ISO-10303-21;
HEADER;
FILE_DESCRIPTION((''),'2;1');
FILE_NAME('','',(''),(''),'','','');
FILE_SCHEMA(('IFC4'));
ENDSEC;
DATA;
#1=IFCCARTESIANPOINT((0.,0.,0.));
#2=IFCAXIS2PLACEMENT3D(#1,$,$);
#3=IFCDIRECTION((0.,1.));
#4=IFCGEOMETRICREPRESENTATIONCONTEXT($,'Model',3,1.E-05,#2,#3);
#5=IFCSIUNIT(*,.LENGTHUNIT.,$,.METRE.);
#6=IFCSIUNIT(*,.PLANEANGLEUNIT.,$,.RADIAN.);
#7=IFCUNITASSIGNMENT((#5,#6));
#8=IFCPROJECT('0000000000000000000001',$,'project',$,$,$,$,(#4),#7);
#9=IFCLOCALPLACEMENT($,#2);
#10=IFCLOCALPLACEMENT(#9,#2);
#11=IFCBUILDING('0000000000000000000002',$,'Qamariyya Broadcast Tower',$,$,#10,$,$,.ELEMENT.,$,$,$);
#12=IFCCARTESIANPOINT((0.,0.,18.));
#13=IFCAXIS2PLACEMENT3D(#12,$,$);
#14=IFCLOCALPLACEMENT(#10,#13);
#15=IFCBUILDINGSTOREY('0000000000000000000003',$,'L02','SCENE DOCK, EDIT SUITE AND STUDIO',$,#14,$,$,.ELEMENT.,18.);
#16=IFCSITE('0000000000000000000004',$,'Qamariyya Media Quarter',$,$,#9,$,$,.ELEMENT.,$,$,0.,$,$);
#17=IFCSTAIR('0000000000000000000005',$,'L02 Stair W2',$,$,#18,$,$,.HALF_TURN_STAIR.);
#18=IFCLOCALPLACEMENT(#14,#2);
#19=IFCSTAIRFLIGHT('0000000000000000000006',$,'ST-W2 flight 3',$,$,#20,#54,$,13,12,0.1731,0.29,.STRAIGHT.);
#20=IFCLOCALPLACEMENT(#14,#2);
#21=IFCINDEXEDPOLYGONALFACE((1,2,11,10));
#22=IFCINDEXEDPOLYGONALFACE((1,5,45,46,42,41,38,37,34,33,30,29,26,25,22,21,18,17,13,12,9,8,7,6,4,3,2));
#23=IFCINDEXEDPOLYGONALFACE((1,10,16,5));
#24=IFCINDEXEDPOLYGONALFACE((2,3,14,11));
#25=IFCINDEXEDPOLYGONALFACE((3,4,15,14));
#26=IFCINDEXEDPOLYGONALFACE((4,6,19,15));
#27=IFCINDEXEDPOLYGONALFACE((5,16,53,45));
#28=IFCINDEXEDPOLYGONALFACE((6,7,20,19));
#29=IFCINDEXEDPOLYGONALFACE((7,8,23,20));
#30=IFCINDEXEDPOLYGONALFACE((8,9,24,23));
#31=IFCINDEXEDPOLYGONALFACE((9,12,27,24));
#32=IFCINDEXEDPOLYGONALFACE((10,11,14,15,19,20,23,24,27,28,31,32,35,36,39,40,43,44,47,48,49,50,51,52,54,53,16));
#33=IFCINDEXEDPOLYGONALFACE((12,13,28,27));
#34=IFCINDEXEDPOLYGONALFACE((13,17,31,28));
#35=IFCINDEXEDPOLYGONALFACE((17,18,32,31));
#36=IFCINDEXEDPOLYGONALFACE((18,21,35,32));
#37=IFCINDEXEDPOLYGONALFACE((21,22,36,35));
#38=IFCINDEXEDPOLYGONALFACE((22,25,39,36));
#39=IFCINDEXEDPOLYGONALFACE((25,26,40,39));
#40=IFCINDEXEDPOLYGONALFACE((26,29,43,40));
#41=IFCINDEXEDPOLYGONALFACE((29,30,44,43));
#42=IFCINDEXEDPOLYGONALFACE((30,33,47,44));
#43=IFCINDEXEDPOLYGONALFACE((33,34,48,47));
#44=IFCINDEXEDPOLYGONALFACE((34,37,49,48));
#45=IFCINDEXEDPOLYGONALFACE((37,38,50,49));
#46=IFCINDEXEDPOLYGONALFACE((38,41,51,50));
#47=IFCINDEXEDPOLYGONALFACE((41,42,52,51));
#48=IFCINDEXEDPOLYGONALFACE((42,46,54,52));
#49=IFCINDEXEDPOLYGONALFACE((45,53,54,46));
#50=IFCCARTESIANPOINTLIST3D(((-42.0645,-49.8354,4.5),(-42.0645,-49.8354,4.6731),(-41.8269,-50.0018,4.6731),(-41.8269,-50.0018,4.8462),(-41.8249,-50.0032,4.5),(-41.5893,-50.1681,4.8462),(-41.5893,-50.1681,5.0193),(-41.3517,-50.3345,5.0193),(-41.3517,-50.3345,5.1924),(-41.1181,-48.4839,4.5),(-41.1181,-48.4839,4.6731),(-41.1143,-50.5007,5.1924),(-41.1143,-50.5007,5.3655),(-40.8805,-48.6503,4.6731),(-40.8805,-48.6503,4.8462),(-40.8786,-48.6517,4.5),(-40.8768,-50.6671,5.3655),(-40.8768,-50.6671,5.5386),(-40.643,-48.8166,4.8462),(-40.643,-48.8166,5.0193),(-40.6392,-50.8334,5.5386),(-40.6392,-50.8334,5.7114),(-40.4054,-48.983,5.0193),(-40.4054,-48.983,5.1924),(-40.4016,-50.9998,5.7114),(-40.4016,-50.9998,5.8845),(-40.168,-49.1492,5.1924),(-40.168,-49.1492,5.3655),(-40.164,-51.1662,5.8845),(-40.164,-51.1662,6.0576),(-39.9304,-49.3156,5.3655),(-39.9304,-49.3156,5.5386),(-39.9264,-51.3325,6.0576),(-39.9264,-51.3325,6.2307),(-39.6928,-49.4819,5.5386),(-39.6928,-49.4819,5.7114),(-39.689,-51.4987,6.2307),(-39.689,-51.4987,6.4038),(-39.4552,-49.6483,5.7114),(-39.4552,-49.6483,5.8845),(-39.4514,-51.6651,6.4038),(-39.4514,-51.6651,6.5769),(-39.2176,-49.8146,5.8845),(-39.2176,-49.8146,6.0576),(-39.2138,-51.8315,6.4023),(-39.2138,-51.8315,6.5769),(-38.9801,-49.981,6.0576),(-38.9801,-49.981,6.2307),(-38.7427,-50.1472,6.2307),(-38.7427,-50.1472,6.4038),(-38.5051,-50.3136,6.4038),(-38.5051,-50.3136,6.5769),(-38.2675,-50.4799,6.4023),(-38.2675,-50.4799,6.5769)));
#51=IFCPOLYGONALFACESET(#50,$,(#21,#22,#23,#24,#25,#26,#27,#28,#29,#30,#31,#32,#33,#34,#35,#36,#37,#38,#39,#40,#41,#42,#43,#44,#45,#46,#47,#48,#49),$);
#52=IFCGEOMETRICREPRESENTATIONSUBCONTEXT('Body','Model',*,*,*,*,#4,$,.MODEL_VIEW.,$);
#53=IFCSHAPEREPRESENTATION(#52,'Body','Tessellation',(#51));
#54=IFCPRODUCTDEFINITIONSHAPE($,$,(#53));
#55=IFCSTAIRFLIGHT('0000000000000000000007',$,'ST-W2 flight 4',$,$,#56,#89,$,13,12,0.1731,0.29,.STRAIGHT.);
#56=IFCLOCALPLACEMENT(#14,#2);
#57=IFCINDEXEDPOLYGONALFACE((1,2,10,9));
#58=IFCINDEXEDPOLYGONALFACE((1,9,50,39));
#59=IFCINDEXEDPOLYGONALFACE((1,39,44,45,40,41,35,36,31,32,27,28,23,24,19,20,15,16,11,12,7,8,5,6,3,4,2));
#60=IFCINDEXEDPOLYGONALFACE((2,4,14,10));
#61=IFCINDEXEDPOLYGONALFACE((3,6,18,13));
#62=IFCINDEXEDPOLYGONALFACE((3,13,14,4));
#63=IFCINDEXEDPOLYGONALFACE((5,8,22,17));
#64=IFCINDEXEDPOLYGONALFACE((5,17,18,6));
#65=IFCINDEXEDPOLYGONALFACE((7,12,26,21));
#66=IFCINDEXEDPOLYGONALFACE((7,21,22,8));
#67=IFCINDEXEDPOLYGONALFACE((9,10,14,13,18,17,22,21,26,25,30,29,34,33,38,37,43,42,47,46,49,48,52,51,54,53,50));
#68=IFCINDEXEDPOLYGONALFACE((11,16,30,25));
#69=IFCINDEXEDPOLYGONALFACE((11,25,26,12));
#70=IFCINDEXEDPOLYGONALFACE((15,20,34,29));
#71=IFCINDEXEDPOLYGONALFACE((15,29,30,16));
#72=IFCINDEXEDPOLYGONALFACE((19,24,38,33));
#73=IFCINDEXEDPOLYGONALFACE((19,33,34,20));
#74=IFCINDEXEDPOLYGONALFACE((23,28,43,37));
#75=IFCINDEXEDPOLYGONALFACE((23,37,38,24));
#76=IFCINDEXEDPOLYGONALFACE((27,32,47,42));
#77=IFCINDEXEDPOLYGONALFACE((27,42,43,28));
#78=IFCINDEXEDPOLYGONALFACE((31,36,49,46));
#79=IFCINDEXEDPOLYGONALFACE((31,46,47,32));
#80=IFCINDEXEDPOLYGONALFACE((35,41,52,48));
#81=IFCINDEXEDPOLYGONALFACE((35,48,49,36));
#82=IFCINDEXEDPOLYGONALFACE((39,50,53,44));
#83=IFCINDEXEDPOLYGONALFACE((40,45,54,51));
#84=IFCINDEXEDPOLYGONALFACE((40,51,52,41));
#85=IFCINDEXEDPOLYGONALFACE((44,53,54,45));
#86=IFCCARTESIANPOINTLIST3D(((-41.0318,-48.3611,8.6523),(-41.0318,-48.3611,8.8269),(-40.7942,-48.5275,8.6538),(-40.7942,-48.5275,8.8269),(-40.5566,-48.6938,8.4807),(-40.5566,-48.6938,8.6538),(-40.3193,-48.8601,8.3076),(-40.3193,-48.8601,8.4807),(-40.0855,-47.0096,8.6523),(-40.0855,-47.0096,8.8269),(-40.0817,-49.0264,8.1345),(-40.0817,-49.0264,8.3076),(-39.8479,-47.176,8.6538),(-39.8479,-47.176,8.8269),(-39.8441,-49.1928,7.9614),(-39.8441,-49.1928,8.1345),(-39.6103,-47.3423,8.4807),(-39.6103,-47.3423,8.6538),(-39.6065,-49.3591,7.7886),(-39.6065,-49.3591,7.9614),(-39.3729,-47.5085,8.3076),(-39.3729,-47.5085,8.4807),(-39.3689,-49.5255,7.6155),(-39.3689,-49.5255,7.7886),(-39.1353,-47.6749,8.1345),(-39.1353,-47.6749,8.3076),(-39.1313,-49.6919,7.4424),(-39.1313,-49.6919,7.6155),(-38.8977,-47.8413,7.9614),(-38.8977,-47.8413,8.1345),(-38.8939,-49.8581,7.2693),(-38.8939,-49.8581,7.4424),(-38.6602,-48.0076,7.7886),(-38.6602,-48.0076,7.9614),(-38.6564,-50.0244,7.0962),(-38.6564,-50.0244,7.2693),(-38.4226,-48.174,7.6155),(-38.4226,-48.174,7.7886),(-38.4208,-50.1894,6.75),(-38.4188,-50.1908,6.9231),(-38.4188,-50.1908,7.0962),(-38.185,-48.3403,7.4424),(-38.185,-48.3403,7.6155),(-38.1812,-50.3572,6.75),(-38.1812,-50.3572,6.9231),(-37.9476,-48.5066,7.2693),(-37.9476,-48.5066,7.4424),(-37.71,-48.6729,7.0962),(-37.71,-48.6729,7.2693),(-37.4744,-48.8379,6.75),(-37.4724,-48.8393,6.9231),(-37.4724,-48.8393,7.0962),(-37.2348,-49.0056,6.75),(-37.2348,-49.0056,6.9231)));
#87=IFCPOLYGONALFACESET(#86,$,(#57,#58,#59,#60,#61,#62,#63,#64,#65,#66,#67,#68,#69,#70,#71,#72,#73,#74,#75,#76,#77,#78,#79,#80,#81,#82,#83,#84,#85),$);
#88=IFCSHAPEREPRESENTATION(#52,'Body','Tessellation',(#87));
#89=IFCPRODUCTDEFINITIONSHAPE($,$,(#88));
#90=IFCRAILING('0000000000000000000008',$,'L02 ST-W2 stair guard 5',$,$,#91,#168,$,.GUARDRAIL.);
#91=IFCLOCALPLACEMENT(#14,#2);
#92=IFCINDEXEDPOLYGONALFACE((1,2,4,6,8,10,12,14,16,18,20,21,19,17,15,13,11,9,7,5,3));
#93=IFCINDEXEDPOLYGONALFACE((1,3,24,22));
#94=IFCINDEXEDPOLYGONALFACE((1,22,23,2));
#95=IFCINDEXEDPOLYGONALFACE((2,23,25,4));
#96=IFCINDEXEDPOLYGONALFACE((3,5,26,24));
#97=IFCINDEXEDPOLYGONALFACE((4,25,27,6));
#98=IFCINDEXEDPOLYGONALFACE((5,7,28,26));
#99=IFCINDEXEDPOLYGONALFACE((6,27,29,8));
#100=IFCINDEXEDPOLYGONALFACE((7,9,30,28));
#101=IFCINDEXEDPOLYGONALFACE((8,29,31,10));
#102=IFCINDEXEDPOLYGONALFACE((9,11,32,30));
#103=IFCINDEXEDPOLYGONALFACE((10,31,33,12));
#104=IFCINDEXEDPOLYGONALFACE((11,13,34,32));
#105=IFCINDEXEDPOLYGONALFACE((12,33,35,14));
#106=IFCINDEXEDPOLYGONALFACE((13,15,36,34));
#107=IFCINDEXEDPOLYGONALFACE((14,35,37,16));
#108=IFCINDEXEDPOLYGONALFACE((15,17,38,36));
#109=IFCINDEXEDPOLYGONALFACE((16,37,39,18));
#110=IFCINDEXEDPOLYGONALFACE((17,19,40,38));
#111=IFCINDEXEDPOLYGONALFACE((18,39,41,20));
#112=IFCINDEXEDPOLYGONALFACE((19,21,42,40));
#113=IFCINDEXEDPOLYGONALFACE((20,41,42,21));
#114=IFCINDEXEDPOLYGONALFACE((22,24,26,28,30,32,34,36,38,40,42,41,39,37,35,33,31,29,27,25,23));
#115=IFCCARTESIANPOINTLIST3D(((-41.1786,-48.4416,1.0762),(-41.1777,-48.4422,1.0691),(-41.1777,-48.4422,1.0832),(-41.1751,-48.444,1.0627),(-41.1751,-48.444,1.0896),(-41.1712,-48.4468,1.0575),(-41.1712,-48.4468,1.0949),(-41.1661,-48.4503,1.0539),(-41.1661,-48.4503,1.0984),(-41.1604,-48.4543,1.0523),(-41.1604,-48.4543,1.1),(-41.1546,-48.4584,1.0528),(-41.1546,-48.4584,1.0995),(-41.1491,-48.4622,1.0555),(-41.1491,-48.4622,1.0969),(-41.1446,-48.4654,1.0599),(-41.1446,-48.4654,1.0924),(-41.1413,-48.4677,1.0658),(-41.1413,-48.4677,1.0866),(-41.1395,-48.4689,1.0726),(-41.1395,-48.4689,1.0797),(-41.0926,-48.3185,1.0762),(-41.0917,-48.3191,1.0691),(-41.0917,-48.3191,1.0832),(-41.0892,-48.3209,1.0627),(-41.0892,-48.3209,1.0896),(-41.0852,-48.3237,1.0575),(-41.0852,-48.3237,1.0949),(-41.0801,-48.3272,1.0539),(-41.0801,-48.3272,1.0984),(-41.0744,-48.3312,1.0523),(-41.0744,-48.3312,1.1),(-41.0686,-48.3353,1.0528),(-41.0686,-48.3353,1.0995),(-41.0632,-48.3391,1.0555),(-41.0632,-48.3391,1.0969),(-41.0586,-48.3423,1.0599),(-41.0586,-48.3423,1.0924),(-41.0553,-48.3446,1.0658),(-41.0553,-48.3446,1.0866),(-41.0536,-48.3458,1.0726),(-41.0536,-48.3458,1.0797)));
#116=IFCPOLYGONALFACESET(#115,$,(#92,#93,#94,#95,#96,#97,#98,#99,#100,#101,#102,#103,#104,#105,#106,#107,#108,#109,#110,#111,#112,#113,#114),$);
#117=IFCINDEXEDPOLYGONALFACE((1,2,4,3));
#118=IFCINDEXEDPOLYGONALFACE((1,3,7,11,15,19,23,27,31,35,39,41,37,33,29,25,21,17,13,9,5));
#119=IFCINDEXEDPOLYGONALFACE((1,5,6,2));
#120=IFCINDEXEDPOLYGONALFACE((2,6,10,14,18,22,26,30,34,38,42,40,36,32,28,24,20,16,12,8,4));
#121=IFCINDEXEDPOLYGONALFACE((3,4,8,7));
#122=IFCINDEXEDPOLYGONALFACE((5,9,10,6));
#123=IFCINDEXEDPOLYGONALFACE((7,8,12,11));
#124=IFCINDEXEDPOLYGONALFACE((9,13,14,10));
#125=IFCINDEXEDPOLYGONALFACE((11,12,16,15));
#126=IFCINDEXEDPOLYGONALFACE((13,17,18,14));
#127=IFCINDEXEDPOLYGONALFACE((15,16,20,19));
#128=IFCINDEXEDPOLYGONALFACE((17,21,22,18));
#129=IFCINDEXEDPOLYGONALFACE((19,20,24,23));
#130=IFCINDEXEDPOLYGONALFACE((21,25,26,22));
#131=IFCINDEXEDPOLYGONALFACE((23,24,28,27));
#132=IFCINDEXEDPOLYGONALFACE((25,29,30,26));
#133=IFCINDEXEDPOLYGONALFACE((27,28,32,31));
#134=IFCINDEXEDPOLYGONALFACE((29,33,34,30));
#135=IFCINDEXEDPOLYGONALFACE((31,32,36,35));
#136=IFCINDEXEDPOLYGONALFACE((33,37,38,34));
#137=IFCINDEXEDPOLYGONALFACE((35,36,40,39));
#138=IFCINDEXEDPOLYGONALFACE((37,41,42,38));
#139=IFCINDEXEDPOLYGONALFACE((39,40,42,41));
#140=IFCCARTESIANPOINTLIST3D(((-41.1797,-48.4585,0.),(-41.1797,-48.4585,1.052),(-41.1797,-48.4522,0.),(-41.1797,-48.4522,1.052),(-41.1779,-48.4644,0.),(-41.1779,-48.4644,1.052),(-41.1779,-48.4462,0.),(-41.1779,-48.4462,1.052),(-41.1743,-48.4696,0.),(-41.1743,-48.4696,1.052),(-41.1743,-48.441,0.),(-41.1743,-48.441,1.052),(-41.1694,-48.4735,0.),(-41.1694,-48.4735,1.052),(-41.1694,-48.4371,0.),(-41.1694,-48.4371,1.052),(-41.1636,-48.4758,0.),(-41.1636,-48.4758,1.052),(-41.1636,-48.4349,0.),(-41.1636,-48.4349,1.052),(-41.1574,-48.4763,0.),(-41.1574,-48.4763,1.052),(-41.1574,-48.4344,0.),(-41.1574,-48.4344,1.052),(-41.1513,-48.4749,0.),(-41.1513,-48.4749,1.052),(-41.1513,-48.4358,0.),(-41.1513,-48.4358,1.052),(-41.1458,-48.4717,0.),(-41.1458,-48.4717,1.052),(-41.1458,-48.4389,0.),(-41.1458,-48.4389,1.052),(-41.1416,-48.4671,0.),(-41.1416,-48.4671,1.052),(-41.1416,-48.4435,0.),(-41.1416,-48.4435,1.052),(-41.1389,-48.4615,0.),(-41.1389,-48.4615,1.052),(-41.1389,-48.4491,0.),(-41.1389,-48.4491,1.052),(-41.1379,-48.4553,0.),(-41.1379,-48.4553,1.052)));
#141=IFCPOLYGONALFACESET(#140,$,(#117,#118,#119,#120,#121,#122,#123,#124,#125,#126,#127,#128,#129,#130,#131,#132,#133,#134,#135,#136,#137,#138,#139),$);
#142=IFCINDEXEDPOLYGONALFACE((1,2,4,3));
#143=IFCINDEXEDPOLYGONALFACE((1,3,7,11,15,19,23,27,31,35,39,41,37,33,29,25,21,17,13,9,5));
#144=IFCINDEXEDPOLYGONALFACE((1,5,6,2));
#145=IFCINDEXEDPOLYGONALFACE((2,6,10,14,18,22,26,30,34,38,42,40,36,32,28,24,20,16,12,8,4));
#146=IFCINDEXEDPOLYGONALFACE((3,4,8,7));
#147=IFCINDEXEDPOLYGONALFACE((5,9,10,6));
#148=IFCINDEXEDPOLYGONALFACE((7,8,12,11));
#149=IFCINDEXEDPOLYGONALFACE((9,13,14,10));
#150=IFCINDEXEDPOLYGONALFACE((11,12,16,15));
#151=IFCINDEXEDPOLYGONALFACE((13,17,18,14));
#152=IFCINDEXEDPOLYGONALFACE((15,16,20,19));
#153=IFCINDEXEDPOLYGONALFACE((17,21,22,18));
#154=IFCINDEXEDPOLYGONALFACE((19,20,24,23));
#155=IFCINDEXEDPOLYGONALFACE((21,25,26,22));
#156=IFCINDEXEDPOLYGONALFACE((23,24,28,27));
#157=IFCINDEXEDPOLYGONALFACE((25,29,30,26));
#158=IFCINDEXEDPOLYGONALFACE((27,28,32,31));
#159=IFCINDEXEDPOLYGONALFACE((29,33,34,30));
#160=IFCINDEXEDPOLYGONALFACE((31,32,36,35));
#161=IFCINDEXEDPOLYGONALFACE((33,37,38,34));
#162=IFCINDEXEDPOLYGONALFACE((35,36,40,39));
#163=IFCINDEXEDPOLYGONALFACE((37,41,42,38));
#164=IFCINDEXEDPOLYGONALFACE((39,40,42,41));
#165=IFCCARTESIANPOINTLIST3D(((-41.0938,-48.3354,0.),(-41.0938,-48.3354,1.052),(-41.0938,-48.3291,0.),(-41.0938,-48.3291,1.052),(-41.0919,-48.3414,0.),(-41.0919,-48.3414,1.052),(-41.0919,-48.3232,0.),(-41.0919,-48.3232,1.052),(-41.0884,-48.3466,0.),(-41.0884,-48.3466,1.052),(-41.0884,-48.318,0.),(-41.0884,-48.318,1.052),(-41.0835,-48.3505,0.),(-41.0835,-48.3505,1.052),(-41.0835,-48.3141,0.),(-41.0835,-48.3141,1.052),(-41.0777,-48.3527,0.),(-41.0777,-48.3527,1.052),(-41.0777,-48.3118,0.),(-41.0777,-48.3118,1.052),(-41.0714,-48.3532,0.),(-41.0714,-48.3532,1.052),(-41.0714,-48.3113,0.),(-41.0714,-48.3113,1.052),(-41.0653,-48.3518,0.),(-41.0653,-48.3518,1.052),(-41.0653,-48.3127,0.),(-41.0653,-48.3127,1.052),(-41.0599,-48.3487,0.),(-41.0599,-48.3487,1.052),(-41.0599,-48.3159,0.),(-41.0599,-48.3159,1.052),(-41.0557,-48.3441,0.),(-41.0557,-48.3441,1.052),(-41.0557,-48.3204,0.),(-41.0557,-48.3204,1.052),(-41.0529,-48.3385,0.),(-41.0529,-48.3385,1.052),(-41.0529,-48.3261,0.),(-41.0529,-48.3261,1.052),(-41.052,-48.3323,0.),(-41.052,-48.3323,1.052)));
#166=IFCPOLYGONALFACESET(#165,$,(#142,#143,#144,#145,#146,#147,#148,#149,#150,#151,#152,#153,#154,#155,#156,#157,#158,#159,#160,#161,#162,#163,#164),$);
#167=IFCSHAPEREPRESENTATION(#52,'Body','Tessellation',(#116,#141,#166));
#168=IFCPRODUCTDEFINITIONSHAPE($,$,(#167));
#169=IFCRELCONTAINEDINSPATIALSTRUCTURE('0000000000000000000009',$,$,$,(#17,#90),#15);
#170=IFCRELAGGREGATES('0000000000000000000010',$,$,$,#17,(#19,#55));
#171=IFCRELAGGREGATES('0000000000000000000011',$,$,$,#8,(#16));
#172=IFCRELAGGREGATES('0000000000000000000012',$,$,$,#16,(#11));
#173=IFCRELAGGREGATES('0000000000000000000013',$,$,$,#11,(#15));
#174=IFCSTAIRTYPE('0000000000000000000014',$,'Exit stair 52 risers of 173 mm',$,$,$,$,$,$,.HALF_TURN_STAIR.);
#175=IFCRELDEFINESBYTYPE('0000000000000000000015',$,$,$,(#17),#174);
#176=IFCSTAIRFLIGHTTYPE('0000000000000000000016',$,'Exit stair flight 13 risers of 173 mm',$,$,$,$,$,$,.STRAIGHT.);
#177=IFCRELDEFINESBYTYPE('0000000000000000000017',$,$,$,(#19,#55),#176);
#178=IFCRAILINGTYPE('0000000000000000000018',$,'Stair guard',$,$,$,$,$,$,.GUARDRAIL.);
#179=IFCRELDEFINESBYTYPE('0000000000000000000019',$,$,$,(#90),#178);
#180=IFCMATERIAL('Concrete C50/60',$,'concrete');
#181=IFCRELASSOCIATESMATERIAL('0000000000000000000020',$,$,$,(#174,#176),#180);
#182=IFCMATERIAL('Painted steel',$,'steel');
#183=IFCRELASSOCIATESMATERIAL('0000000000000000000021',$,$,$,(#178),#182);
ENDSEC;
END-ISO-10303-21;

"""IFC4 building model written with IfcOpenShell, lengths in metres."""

from ifc_helpers import new_model, si_unit, direction, frame, origin, origin_2d, place, context, subcontext, project, spatial, polyline, circle, outline, extrude, material, type_object, element, aggregate, save


model = new_model("IFC4")

# Units and contexts
model_context = context("Model", 3, precision=1e-05, world=origin(), true_north=direction((0.0, 1.0)))
body_context = subcontext(model_context, "Body", "Model", "MODEL_VIEW")
ifc_project = project(units=[si_unit("LENGTHUNIT", "METRE"), si_unit("PLANEANGLEUNIT", "RADIAN")], contexts=[model_context])

# Site, building, storey
site_placement = place(None, origin())
site = spatial("IfcSite", under=ifc_project, at=site_placement, Name="Qamariyya Media Quarter", CompositionType="ELEMENT", RefElevation=0.0)
building_placement = place(site_placement, origin())
building = spatial("IfcBuilding", under=site, at=building_placement, Name="Qamariyya Broadcast Tower", CompositionType="ELEMENT")
storey_placement = place(building_placement, frame((0.0, 0.0, 18.0)))
storey = spatial("IfcBuildingStorey", under=building, at=storey_placement, Name="L02", Description="SCENE DOCK, EDIT SUITE AND STUDIO", CompositionType="ELEMENT", Elevation=18.0)

# Shared definitions
ifc_material_1 = material(Name="Concrete C50/60", Category="concrete")

# Stair, stair flights
stair_type = type_object("IfcStairType", Name="Exit stair 52 risers of 173 mm", PredefinedType="HALF_TURN_STAIR", material=ifc_material_1)
stair_placement = place(storey_placement, origin())
stair = element("IfcStair", 1, at=stair_placement, inside=storey, type_object=stair_type, Name="L02 Stair W2", PredefinedType="HALF_TURN_STAIR")
stair_flight_type = type_object("IfcStairFlightType", Name="Exit stair flight 13 risers of 173 mm", PredefinedType="STRAIGHT", material=ifc_material_1)
stair_flight_1_placement = place(storey_placement, frame((-41.5913, -49.1597, 4.5), z_axis=(0.0, 0.0, 1.0), x_axis=(0.819152, -0.573576, 0.0)))
stair_flight_1 = element("IfcStairFlight", 2, at=stair_flight_1_placement, type_object=stair_flight_type, Name="ST-W2 flight 3", NumberOfRisers=13, NumberOfTreads=12, PredefinedType="STRAIGHT", RiserHeight=0.1731, TreadLength=0.29, context=body_context, shape_type="SweptSolid", body=[
    extrude(outline(polyline([(0.0, 0.0), (0.0, 0.1731), (0.29, 0.1731), (0.29, 0.3462), (0.5801, 0.3462), (0.5801, 0.5193), (0.8701, 0.5193), (0.8701, 0.6924), (1.1599, 0.6924), (1.1599, 0.8655), (1.45, 0.8655), (1.45, 1.0386), (1.74, 1.0386), (1.74, 1.2114), (2.03, 1.2114), (2.03, 1.3845), (2.3201, 1.3845), (2.3201, 1.5576), (2.6101, 1.5576), (2.6101, 1.7307), (2.8999, 1.7307), (2.8999, 1.9038), (3.1899, 1.9038), (3.1899, 2.0769), (3.48, 2.0769), (3.48, 2.25), (3.48, 1.9023), (0.2925, 0.0), (0.0, 0.0)])), frame((0.0, 0.825, 0.0), z_axis=(0.0, -1.0, 0.0), x_axis=(1.0, 0.0, 0.0)), (0.0, 0.0, 1.0), 1.6499),
])
stair_flight_2_placement = place(storey_placement, frame((-37.708, -49.6814, 6.75), z_axis=(0.0, 0.0, 1.0), x_axis=(-0.819152, 0.573576, 0.0)))
stair_flight_2 = element("IfcStairFlight", 3, at=stair_flight_2_placement, type_object=stair_flight_type, Name="ST-W2 flight 4", NumberOfRisers=13, NumberOfTreads=12, PredefinedType="STRAIGHT", RiserHeight=0.1731, TreadLength=0.29, context=body_context, shape_type="SweptSolid", body=[
    extrude(outline(polyline([(0.0, 0.0), (0.0, 0.1731), (0.29, 0.1731), (0.29, 0.3462), (0.5801, 0.3462), (0.5801, 0.5193), (0.8701, 0.5193), (0.8701, 0.6924), (1.1599, 0.6924), (1.1599, 0.8655), (1.45, 0.8655), (1.45, 1.0386), (1.74, 1.0386), (1.74, 1.2114), (2.03, 1.2114), (2.03, 1.3845), (2.3201, 1.3845), (2.3201, 1.5576), (2.6101, 1.5576), (2.6101, 1.7307), (2.8999, 1.7307), (2.8999, 1.9038), (3.1899, 1.9038), (3.1899, 2.0769), (3.48, 2.0769), (3.48, 2.25), (3.48, 1.9023), (0.2925, 0.0), (0.0, 0.0)])), frame((0.0, 0.825, 0.0), z_axis=(0.0, -1.0, 0.0), x_axis=(1.0, 0.0, 0.0)), (0.0, 0.0, 1.0), 1.6499),
])
aggregate(stair, [stair_flight_1, stair_flight_2])

# Railing
ifc_material_2 = material(Name="Painted steel", Category="steel")
railing_type_1 = type_object("IfcRailingType", Name="Stair guard", PredefinedType="GUARDRAIL", material=ifc_material_2)
railing_placement = place(storey_placement, frame((-41.1589, -48.4553, 0.0)))
element("IfcRailing", 4, at=railing_placement, inside=storey, type_object=railing_type_1, Name="L02 ST-W2 stair guard 5", PredefinedType="GUARDRAIL", context=body_context, shape_type="SweptSolid", body=[
    extrude(circle(Radius=0.0239, at=origin_2d()), frame((0.0, 0.0, 1.0762), z_axis=(0.572589, 0.819843, 0.0), x_axis=(-0.819843, 0.572589, 0.0)), (0.0, 0.0, 1.0), 0.1501),
    extrude(circle(Radius=0.021, at=origin_2d()), origin(), (0.0, 0.0, 1.0), 1.052),
    extrude(circle(Radius=0.021, at=origin_2d()), frame((0.0859, 0.123, 0.0)), (0.0, 0.0, 1.0), 1.052),
])

save(model, "model.ifc")
